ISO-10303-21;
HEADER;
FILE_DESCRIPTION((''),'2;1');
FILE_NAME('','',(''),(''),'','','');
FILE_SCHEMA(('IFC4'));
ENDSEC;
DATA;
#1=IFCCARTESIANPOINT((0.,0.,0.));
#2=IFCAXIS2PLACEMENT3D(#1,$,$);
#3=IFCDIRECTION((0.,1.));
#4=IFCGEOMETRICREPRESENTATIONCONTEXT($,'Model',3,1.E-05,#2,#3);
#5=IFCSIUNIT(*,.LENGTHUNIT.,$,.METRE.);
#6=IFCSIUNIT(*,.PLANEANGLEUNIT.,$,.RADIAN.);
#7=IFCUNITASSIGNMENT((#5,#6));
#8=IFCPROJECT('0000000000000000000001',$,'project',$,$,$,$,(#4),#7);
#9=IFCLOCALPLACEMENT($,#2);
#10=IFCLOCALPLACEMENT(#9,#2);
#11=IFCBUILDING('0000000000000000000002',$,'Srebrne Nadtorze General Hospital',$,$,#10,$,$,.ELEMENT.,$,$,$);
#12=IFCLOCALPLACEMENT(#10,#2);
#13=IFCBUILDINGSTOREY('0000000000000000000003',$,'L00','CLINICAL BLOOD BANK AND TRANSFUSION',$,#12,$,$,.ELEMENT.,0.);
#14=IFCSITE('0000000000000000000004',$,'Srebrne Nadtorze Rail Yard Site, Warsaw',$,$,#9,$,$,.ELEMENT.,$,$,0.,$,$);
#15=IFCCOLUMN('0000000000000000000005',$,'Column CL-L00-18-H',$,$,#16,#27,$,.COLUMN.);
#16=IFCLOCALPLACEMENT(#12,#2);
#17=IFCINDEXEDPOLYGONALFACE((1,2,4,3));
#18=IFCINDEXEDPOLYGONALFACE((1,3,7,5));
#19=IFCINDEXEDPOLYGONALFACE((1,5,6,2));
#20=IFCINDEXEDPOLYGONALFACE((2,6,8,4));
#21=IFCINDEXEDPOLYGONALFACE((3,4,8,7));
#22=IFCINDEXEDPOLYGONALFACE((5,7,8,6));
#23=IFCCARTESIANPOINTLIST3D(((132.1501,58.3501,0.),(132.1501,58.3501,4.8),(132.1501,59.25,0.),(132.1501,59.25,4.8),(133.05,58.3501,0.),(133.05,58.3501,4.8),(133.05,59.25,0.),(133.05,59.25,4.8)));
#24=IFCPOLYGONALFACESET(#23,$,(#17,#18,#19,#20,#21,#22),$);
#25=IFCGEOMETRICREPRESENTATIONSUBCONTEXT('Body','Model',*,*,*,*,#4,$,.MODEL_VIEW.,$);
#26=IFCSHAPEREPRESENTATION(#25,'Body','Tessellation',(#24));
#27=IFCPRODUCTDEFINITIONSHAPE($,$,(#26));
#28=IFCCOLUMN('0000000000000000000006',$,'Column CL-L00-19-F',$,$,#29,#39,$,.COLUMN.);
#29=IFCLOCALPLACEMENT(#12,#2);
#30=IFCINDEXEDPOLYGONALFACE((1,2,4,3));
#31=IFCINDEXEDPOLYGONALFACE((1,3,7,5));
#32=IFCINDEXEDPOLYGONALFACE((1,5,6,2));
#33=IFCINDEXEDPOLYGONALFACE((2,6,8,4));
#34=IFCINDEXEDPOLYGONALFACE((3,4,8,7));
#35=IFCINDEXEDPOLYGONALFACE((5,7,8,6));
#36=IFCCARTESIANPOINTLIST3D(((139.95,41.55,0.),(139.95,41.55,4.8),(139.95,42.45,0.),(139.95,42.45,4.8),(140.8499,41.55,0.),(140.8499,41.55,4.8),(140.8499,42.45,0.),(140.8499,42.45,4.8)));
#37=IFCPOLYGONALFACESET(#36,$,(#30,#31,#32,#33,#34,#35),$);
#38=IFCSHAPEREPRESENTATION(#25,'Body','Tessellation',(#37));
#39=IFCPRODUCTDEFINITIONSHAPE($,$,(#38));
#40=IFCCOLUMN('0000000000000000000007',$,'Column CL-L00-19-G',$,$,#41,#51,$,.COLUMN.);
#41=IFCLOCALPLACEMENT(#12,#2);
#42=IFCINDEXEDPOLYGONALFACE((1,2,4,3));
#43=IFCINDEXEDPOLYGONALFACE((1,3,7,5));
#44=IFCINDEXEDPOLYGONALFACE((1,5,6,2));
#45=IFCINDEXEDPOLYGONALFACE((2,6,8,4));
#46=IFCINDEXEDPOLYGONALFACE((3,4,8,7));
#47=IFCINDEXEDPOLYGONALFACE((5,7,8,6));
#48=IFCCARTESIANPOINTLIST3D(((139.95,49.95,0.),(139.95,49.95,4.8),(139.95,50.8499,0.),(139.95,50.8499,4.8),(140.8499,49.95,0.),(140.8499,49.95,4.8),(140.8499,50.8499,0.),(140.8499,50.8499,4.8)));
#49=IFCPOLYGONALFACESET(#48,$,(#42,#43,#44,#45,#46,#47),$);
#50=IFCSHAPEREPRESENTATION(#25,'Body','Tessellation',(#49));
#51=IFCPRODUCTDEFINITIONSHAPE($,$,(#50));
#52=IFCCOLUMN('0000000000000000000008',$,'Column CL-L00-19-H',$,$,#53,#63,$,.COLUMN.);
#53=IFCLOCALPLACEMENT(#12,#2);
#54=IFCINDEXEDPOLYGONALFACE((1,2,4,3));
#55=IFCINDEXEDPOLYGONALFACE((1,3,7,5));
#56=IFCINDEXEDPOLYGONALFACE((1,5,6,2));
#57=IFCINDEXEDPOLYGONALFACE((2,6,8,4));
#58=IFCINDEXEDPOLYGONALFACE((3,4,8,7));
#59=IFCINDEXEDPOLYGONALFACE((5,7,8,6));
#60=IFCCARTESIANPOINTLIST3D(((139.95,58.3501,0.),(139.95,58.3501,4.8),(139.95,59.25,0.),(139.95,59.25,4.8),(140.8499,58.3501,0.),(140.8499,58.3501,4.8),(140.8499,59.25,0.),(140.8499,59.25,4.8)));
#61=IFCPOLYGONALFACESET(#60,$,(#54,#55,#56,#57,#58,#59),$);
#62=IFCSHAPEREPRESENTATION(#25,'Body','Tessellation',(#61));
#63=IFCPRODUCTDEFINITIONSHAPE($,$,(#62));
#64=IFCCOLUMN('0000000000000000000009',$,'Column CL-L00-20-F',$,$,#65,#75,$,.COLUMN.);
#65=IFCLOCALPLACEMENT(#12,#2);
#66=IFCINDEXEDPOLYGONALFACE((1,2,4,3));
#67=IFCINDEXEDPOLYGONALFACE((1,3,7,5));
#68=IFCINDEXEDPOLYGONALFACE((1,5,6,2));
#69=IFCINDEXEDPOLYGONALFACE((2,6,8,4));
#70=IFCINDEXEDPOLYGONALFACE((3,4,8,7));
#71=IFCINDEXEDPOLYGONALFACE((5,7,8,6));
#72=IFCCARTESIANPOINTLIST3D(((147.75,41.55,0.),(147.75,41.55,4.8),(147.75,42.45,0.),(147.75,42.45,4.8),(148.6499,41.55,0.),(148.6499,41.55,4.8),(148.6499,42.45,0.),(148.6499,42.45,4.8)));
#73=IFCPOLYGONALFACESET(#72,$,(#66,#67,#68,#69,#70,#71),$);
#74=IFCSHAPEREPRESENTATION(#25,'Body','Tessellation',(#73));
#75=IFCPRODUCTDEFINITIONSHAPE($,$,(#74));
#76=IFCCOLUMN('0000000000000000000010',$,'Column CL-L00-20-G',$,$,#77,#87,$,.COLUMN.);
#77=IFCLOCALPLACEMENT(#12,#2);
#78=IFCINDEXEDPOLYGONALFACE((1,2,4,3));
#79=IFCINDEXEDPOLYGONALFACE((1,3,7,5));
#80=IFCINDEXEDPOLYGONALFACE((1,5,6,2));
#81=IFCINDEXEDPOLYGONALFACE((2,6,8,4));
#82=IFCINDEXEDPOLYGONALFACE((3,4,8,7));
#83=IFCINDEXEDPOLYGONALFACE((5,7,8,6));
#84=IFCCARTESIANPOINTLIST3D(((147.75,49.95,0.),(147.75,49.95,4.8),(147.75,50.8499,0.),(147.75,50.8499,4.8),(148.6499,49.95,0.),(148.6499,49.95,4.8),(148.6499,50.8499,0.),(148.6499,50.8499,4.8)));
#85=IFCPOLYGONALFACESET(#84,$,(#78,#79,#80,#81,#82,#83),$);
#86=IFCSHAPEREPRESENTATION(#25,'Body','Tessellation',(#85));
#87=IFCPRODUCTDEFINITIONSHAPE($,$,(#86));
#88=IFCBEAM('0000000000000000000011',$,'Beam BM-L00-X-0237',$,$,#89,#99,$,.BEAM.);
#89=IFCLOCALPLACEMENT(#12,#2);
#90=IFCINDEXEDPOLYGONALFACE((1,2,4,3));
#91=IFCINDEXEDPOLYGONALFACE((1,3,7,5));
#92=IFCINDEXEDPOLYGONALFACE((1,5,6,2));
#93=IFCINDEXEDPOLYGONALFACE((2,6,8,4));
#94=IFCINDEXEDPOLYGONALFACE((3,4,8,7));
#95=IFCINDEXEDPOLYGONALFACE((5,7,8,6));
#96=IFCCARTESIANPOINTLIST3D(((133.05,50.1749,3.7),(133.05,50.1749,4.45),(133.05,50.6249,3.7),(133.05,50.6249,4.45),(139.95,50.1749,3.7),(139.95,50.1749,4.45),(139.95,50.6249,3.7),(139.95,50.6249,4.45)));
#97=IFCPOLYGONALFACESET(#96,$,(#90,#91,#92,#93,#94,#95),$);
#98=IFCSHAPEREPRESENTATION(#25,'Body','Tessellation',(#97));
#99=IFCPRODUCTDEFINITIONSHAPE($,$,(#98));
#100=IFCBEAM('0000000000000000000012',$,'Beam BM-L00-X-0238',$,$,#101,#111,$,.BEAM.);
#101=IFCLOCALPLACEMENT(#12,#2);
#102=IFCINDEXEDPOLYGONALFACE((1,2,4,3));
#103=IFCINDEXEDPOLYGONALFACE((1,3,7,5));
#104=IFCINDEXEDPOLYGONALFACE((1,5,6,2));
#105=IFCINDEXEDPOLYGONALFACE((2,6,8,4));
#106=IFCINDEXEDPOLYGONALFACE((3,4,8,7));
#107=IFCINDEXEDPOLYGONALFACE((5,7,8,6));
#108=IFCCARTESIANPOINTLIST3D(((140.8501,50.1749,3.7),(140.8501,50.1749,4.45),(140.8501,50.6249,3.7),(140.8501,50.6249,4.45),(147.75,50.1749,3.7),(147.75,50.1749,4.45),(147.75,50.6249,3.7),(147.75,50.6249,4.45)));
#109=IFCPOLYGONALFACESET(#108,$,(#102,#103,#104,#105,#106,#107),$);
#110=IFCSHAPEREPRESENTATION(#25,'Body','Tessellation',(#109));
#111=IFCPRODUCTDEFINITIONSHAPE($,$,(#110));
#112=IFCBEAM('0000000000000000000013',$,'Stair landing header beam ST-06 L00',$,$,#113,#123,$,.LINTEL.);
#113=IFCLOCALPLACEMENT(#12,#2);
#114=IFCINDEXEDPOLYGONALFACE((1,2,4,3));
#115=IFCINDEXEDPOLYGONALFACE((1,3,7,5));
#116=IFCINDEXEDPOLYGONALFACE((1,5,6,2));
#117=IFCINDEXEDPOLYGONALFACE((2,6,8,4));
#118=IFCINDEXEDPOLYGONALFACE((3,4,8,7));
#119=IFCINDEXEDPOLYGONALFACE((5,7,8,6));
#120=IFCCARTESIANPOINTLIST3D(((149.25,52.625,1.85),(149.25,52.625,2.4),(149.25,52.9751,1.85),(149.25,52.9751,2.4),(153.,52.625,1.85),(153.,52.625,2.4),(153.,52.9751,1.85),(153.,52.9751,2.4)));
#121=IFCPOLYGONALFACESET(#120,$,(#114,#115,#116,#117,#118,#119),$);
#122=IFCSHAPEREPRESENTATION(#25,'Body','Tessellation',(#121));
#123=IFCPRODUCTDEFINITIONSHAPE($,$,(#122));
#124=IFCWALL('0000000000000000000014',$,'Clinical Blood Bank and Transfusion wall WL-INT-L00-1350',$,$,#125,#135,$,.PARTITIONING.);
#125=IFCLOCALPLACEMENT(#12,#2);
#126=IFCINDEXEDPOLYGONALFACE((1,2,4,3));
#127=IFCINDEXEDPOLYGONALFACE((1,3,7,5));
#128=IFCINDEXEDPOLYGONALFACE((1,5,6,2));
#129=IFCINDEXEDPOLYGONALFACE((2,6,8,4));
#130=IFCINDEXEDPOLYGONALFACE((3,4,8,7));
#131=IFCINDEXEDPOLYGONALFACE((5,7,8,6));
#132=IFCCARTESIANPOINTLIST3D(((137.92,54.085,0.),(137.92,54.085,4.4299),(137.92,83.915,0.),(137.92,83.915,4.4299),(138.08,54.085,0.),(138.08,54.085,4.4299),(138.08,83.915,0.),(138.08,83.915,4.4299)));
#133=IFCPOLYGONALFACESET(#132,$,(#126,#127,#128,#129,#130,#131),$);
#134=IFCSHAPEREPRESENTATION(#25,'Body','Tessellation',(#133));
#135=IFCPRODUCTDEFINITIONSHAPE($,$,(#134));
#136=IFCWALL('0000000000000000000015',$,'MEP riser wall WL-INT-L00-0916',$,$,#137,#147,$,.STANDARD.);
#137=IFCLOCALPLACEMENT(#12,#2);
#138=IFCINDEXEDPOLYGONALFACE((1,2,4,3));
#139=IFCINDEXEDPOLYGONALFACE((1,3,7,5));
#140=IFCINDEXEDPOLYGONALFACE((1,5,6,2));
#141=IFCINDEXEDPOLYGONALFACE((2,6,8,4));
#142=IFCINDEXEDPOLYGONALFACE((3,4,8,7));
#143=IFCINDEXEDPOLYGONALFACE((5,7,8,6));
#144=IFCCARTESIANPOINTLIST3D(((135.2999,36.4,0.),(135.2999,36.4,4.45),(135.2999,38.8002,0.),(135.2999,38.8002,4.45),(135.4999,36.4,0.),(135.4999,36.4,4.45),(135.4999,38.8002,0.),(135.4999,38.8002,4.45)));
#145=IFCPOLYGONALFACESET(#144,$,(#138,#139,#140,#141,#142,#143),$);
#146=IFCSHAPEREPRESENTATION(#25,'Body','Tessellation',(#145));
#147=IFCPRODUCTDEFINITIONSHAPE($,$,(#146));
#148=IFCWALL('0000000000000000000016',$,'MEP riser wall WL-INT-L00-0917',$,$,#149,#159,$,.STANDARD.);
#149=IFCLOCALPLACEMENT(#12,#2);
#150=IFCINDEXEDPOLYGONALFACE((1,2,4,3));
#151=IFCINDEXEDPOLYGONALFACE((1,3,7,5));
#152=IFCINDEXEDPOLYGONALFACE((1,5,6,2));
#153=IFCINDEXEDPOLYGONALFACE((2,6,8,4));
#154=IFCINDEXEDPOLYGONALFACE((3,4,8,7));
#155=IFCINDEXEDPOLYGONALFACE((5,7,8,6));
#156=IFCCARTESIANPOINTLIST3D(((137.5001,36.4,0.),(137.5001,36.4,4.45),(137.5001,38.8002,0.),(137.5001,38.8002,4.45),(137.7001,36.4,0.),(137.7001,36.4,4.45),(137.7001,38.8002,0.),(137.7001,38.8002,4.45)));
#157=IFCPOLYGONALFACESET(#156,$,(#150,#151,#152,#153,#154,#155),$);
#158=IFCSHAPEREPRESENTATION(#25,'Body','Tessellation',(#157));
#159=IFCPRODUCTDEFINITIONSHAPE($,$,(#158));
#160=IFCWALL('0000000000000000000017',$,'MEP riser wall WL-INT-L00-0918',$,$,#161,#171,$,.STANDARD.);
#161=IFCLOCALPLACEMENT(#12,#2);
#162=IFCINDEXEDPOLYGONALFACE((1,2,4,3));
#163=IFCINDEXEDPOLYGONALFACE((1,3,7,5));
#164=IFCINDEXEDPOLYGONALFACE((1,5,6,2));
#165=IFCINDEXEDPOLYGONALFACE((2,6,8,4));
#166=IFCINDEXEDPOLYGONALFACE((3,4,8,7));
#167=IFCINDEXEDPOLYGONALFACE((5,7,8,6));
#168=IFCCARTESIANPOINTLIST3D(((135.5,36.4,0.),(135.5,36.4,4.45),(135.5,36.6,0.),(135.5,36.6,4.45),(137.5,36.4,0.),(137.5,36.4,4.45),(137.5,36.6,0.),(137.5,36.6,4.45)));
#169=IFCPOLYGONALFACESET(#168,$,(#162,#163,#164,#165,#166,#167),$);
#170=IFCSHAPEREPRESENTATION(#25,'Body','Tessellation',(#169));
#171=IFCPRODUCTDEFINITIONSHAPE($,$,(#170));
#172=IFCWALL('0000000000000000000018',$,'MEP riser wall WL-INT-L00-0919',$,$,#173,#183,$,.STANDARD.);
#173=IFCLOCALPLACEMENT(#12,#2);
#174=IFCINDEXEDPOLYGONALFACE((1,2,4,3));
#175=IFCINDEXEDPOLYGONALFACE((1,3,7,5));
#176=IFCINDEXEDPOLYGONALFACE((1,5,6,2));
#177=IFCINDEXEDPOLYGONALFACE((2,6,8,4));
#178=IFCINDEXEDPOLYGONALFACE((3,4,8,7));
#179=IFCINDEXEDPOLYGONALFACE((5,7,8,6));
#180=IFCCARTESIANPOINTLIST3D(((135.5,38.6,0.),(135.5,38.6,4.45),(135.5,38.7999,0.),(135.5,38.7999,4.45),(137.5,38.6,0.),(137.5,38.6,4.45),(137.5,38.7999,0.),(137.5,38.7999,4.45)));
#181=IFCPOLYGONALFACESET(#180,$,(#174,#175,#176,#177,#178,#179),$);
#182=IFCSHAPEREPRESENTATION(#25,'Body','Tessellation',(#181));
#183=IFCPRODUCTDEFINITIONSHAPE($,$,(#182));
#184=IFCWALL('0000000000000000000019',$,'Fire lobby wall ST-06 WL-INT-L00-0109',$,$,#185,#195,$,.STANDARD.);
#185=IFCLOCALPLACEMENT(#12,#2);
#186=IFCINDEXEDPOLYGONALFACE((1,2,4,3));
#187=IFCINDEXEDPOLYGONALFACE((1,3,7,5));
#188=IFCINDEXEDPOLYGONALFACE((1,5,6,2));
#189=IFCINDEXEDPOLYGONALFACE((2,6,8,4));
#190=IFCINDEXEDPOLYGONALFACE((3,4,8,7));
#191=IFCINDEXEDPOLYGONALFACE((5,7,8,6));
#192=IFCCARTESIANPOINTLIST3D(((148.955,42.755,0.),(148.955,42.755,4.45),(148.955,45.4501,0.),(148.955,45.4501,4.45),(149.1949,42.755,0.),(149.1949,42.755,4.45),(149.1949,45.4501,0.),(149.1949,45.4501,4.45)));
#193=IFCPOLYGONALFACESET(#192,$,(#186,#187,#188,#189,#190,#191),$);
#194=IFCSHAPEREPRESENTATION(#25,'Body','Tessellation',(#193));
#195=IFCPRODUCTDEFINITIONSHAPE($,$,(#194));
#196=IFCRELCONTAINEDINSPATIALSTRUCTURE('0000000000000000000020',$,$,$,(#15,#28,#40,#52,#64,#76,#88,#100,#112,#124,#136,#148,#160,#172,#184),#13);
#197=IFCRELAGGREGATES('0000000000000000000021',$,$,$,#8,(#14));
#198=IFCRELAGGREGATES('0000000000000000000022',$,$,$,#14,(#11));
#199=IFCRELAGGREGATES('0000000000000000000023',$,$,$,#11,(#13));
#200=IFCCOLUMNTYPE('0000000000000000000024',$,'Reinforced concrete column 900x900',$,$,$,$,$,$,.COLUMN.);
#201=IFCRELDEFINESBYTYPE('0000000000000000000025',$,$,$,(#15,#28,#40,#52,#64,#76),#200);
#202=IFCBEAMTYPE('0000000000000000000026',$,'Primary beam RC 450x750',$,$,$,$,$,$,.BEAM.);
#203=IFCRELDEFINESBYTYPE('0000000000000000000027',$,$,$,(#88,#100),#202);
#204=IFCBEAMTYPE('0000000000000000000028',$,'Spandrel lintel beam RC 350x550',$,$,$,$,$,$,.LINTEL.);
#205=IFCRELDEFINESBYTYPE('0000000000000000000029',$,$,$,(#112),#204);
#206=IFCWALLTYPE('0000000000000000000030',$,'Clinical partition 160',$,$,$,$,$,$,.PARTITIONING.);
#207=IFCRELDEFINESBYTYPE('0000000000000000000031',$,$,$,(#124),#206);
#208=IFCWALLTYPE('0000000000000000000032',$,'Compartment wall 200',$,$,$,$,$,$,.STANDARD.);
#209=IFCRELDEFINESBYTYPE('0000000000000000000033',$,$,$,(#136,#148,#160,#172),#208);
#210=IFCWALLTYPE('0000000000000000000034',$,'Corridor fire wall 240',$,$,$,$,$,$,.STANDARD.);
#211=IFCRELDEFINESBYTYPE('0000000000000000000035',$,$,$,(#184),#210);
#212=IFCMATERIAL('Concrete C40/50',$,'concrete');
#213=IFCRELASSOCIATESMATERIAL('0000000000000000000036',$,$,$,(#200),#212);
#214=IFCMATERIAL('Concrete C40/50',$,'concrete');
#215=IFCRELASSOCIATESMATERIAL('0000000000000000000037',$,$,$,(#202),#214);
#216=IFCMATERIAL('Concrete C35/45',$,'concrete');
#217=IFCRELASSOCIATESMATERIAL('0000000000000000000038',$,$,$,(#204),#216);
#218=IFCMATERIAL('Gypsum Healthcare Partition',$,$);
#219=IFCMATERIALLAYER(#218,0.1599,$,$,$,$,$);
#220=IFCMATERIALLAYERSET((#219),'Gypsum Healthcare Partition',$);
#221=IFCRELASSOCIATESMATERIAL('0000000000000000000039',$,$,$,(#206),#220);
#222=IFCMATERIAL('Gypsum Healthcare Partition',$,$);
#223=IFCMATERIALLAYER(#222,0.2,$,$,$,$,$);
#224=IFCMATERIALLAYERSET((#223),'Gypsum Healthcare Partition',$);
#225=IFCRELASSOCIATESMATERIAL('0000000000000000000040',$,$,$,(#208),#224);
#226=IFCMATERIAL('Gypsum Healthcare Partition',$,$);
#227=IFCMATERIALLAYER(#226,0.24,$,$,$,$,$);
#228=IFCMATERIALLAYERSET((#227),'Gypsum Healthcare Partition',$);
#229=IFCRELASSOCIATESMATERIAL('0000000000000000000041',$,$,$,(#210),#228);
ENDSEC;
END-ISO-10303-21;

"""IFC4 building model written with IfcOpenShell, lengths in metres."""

from ifc_helpers import new_model, si_unit, direction, frame, frame_2d, origin, origin_2d, place, context, subcontext, project, spatial, rectangle, extrude, material, layer, layer_set, material_profile, profile_set, type_object, element, save


model = new_model("IFC4")

# Units and contexts
model_context = context("Model", 3, precision=1e-05, world=origin(), true_north=direction((0.0, 1.0)))
body_context = subcontext(model_context, "Body", "Model", "MODEL_VIEW")
ifc_project = project(units=[si_unit("LENGTHUNIT", "METRE"), si_unit("PLANEANGLEUNIT", "RADIAN")], contexts=[model_context])

# Site, building, storey
site_placement = place(None, origin())
site = spatial("IfcSite", under=ifc_project, at=site_placement, Name="Srebrne Nadtorze Rail Yard Site, Warsaw", CompositionType="ELEMENT", RefElevation=0.0)
building_placement = place(site_placement, origin())
building = spatial("IfcBuilding", under=site, at=building_placement, Name="Srebrne Nadtorze General Hospital", CompositionType="ELEMENT")
storey_placement = place(building_placement, origin())
storey = spatial("IfcBuildingStorey", under=building, at=storey_placement, Name="L00", Description="CLINICAL BLOOD BANK AND TRANSFUSION", CompositionType="ELEMENT", Elevation=0.0)

# Columns
ifc_material_1 = material(Name="Concrete C40/50", Category="concrete")
ifc_material_profile_1 = material_profile(ifc_material_1, rectangle(XDim=0.8999, YDim=0.8999, at=origin_2d()), Name="RC-COL-900x900")
ifc_profile_set_1 = profile_set([ifc_material_profile_1], Name="Concrete C40/50")
column_type = type_object("IfcColumnType", Name="Reinforced concrete column 900x900", PredefinedType="COLUMN", material=ifc_profile_set_1)
for number, where, z_axis, x_axis, name in (
    (1, (132.6001, 58.8, 0.0), (0.0, 0.0, 1.0), (1.0, 0.0, 0.0), "Column CL-L00-18-H"),
    (2, (140.3999, 42.0, 0.0), (0.0, 0.0, 1.0), (1.0, 0.0, 0.0), "Column CL-L00-19-F"),
    (3, (140.3999, 50.3999, 0.0), (0.0, 0.0, 1.0), (1.0, 0.0, 0.0), "Column CL-L00-19-G"),
    (4, (140.3999, 58.8, 0.0), (0.0, 0.0, 1.0), (1.0, 0.0, 0.0), "Column CL-L00-19-H"),
    (5, (148.2, 42.0, 0.0), (0.0, 0.0, 1.0), (1.0, 0.0, 0.0), "Column CL-L00-20-F"),
    (6, (148.2, 50.3999, 0.0), (0.0, 0.0, 1.0), (1.0, 0.0, 0.0), "Column CL-L00-20-G"),
):
    element("IfcColumn", number, at=place(storey_placement, frame(where, z_axis=z_axis, x_axis=x_axis)), inside=storey, type_object=column_type, Name=name, PredefinedType="COLUMN", context=body_context, shape_type="SweptSolid", body=[
        extrude(rectangle(XDim=0.8999, YDim=0.8999, at=origin_2d()), origin(), (0.0, 0.0, 1.0), 4.8),
    ])

# Beams
ifc_material_2 = material(Name="Concrete C40/50", Category="concrete")
ifc_material_profile_2 = material_profile(ifc_material_2, rectangle(XDim=0.45, YDim=0.75, at=origin_2d()), Name="RC-BM-450x750")
ifc_profile_set_2 = profile_set([ifc_material_profile_2], Name="Concrete C40/50")
beam_type_1 = type_object("IfcBeamType", Name="Primary beam RC 450x750", PredefinedType="BEAM", material=ifc_profile_set_2)
for number, where, z_axis, x_axis, name in (
    (7, (133.05, 50.3999, 4.075), (1.0, 0.0, 0.0), (0.0, 1.0, 0.0), "Beam BM-L00-X-0237"),
    (8, (140.8501, 50.3999, 4.075), (1.0, 0.0, 0.0), (0.0, 1.0, 0.0), "Beam BM-L00-X-0238"),
):
    element("IfcBeam", number, at=place(storey_placement, frame(where, z_axis=z_axis, x_axis=x_axis)), inside=storey, type_object=beam_type_1, Name=name, PredefinedType="BEAM", context=body_context, shape_type="SweptSolid", body=[
        extrude(rectangle(XDim=0.45, YDim=0.75, at=origin_2d()), origin(), (0.0, 0.0, 1.0), 6.8999),
    ])
ifc_material_3 = material(Name="Concrete C35/45", Category="concrete")
ifc_material_profile_3 = material_profile(ifc_material_3, rectangle(XDim=0.3501, YDim=0.55, at=origin_2d()), Name="RC-BM-350x550")
ifc_profile_set_3 = profile_set([ifc_material_profile_3], Name="Concrete C35/45")
beam_type_2 = type_object("IfcBeamType", Name="Spandrel lintel beam RC 350x550", PredefinedType="LINTEL", material=ifc_profile_set_3)
beam_placement = place(storey_placement, frame((149.25, 52.8, 2.125), z_axis=(1.0, 0.0, 0.0), x_axis=(0.0, 1.0, 0.0)))
element("IfcBeam", 9, at=beam_placement, inside=storey, type_object=beam_type_2, Name="Stair landing header beam ST-06 L00", PredefinedType="LINTEL", context=body_context, shape_type="SweptSolid", body=[
    extrude(rectangle(XDim=0.3501, YDim=0.55, at=origin_2d()), origin(), (0.0, 0.0, 1.0), 3.75),
])

# Walls
ifc_material_4 = material(Name="Gypsum Healthcare Partition")
ifc_layer_1 = layer(ifc_material_4, 0.1599)
ifc_layer_set_1 = layer_set([ifc_layer_1], Name="Gypsum Healthcare Partition")
wall_type_1 = type_object("IfcWallType", Name="Clinical partition 160", PredefinedType="PARTITIONING", material=ifc_layer_set_1)
wall_1_placement = place(storey_placement, frame((138.0, 54.085, 0.0), z_axis=(0.0, 0.0, 1.0), x_axis=(0.0, 1.0, 0.0)))
element("IfcWall", 10, at=wall_1_placement, inside=storey, type_object=wall_type_1, Name="Clinical Blood Bank and Transfusion wall WL-INT-L00-1350", PredefinedType="PARTITIONING", context=body_context, shape_type="SweptSolid", body=[
    extrude(rectangle(XDim=29.8301, YDim=0.1599, at=frame_2d((14.915, 0.0))), origin(), (0.0, 0.0, 1.0), 4.4299),
])
ifc_material_5 = material(Name="Gypsum Healthcare Partition")
ifc_layer_2 = layer(ifc_material_5, 0.2)
ifc_layer_set_2 = layer_set([ifc_layer_2], Name="Gypsum Healthcare Partition")
wall_type_2 = type_object("IfcWallType", Name="Compartment wall 200", PredefinedType="STANDARD", material=ifc_layer_set_2)
for number, where, z_axis, x_axis, name in (
    (11, (135.3999, 36.3999, 0.0), (0.0, 0.0, 1.0), (0.0, 1.0, 0.0), "MEP riser wall WL-INT-L00-0916"),
    (12, (137.6001, 36.3999, 0.0), (0.0, 0.0, 1.0), (0.0, 1.0, 0.0), "MEP riser wall WL-INT-L00-0917"),
):
    element("IfcWall", number, at=place(storey_placement, frame(where, z_axis=z_axis, x_axis=x_axis)), inside=storey, type_object=wall_type_2, Name=name, PredefinedType="STANDARD", context=body_context, shape_type="SweptSolid", body=[
        extrude(rectangle(XDim=2.4001, YDim=0.2, at=frame_2d((1.2002, 0.0))), origin(), (0.0, 0.0, 1.0), 4.45),
    ])
for number, where, z_axis, x_axis, name in (
    (13, (135.5, 36.5, 0.0), (0.0, 0.0, 1.0), (1.0, 0.0, 0.0), "MEP riser wall WL-INT-L00-0918"),
    (14, (135.5, 38.7, 0.0), (0.0, 0.0, 1.0), (1.0, 0.0, 0.0), "MEP riser wall WL-INT-L00-0919"),
):
    element("IfcWall", number, at=place(storey_placement, frame(where, z_axis=z_axis, x_axis=x_axis)), inside=storey, type_object=wall_type_2, Name=name, PredefinedType="STANDARD", context=body_context, shape_type="SweptSolid", body=[
        extrude(rectangle(XDim=2.0, YDim=0.2, at=frame_2d((1.0, 0.0))), origin(), (0.0, 0.0, 1.0), 4.45),
    ])
ifc_material_6 = material(Name="Gypsum Healthcare Partition")
ifc_layer_3 = layer(ifc_material_6, 0.24)
ifc_layer_set_3 = layer_set([ifc_layer_3], Name="Gypsum Healthcare Partition")
wall_type_3 = type_object("IfcWallType", Name="Corridor fire wall 240", PredefinedType="STANDARD", material=ifc_layer_set_3)
wall_2_placement = place(storey_placement, frame((149.075, 42.7549, 0.0), z_axis=(0.0, 0.0, 1.0), x_axis=(0.0, 1.0, 0.0)))
element("IfcWall", 15, at=wall_2_placement, inside=storey, type_object=wall_type_3, Name="Fire lobby wall ST-06 WL-INT-L00-0109", PredefinedType="STANDARD", context=body_context, shape_type="SweptSolid", body=[
    extrude(rectangle(XDim=2.6951, YDim=0.24, at=frame_2d((1.3477, 0.0))), origin(), (0.0, 0.0, 1.0), 4.45),
])

save(model, "model.ifc")
